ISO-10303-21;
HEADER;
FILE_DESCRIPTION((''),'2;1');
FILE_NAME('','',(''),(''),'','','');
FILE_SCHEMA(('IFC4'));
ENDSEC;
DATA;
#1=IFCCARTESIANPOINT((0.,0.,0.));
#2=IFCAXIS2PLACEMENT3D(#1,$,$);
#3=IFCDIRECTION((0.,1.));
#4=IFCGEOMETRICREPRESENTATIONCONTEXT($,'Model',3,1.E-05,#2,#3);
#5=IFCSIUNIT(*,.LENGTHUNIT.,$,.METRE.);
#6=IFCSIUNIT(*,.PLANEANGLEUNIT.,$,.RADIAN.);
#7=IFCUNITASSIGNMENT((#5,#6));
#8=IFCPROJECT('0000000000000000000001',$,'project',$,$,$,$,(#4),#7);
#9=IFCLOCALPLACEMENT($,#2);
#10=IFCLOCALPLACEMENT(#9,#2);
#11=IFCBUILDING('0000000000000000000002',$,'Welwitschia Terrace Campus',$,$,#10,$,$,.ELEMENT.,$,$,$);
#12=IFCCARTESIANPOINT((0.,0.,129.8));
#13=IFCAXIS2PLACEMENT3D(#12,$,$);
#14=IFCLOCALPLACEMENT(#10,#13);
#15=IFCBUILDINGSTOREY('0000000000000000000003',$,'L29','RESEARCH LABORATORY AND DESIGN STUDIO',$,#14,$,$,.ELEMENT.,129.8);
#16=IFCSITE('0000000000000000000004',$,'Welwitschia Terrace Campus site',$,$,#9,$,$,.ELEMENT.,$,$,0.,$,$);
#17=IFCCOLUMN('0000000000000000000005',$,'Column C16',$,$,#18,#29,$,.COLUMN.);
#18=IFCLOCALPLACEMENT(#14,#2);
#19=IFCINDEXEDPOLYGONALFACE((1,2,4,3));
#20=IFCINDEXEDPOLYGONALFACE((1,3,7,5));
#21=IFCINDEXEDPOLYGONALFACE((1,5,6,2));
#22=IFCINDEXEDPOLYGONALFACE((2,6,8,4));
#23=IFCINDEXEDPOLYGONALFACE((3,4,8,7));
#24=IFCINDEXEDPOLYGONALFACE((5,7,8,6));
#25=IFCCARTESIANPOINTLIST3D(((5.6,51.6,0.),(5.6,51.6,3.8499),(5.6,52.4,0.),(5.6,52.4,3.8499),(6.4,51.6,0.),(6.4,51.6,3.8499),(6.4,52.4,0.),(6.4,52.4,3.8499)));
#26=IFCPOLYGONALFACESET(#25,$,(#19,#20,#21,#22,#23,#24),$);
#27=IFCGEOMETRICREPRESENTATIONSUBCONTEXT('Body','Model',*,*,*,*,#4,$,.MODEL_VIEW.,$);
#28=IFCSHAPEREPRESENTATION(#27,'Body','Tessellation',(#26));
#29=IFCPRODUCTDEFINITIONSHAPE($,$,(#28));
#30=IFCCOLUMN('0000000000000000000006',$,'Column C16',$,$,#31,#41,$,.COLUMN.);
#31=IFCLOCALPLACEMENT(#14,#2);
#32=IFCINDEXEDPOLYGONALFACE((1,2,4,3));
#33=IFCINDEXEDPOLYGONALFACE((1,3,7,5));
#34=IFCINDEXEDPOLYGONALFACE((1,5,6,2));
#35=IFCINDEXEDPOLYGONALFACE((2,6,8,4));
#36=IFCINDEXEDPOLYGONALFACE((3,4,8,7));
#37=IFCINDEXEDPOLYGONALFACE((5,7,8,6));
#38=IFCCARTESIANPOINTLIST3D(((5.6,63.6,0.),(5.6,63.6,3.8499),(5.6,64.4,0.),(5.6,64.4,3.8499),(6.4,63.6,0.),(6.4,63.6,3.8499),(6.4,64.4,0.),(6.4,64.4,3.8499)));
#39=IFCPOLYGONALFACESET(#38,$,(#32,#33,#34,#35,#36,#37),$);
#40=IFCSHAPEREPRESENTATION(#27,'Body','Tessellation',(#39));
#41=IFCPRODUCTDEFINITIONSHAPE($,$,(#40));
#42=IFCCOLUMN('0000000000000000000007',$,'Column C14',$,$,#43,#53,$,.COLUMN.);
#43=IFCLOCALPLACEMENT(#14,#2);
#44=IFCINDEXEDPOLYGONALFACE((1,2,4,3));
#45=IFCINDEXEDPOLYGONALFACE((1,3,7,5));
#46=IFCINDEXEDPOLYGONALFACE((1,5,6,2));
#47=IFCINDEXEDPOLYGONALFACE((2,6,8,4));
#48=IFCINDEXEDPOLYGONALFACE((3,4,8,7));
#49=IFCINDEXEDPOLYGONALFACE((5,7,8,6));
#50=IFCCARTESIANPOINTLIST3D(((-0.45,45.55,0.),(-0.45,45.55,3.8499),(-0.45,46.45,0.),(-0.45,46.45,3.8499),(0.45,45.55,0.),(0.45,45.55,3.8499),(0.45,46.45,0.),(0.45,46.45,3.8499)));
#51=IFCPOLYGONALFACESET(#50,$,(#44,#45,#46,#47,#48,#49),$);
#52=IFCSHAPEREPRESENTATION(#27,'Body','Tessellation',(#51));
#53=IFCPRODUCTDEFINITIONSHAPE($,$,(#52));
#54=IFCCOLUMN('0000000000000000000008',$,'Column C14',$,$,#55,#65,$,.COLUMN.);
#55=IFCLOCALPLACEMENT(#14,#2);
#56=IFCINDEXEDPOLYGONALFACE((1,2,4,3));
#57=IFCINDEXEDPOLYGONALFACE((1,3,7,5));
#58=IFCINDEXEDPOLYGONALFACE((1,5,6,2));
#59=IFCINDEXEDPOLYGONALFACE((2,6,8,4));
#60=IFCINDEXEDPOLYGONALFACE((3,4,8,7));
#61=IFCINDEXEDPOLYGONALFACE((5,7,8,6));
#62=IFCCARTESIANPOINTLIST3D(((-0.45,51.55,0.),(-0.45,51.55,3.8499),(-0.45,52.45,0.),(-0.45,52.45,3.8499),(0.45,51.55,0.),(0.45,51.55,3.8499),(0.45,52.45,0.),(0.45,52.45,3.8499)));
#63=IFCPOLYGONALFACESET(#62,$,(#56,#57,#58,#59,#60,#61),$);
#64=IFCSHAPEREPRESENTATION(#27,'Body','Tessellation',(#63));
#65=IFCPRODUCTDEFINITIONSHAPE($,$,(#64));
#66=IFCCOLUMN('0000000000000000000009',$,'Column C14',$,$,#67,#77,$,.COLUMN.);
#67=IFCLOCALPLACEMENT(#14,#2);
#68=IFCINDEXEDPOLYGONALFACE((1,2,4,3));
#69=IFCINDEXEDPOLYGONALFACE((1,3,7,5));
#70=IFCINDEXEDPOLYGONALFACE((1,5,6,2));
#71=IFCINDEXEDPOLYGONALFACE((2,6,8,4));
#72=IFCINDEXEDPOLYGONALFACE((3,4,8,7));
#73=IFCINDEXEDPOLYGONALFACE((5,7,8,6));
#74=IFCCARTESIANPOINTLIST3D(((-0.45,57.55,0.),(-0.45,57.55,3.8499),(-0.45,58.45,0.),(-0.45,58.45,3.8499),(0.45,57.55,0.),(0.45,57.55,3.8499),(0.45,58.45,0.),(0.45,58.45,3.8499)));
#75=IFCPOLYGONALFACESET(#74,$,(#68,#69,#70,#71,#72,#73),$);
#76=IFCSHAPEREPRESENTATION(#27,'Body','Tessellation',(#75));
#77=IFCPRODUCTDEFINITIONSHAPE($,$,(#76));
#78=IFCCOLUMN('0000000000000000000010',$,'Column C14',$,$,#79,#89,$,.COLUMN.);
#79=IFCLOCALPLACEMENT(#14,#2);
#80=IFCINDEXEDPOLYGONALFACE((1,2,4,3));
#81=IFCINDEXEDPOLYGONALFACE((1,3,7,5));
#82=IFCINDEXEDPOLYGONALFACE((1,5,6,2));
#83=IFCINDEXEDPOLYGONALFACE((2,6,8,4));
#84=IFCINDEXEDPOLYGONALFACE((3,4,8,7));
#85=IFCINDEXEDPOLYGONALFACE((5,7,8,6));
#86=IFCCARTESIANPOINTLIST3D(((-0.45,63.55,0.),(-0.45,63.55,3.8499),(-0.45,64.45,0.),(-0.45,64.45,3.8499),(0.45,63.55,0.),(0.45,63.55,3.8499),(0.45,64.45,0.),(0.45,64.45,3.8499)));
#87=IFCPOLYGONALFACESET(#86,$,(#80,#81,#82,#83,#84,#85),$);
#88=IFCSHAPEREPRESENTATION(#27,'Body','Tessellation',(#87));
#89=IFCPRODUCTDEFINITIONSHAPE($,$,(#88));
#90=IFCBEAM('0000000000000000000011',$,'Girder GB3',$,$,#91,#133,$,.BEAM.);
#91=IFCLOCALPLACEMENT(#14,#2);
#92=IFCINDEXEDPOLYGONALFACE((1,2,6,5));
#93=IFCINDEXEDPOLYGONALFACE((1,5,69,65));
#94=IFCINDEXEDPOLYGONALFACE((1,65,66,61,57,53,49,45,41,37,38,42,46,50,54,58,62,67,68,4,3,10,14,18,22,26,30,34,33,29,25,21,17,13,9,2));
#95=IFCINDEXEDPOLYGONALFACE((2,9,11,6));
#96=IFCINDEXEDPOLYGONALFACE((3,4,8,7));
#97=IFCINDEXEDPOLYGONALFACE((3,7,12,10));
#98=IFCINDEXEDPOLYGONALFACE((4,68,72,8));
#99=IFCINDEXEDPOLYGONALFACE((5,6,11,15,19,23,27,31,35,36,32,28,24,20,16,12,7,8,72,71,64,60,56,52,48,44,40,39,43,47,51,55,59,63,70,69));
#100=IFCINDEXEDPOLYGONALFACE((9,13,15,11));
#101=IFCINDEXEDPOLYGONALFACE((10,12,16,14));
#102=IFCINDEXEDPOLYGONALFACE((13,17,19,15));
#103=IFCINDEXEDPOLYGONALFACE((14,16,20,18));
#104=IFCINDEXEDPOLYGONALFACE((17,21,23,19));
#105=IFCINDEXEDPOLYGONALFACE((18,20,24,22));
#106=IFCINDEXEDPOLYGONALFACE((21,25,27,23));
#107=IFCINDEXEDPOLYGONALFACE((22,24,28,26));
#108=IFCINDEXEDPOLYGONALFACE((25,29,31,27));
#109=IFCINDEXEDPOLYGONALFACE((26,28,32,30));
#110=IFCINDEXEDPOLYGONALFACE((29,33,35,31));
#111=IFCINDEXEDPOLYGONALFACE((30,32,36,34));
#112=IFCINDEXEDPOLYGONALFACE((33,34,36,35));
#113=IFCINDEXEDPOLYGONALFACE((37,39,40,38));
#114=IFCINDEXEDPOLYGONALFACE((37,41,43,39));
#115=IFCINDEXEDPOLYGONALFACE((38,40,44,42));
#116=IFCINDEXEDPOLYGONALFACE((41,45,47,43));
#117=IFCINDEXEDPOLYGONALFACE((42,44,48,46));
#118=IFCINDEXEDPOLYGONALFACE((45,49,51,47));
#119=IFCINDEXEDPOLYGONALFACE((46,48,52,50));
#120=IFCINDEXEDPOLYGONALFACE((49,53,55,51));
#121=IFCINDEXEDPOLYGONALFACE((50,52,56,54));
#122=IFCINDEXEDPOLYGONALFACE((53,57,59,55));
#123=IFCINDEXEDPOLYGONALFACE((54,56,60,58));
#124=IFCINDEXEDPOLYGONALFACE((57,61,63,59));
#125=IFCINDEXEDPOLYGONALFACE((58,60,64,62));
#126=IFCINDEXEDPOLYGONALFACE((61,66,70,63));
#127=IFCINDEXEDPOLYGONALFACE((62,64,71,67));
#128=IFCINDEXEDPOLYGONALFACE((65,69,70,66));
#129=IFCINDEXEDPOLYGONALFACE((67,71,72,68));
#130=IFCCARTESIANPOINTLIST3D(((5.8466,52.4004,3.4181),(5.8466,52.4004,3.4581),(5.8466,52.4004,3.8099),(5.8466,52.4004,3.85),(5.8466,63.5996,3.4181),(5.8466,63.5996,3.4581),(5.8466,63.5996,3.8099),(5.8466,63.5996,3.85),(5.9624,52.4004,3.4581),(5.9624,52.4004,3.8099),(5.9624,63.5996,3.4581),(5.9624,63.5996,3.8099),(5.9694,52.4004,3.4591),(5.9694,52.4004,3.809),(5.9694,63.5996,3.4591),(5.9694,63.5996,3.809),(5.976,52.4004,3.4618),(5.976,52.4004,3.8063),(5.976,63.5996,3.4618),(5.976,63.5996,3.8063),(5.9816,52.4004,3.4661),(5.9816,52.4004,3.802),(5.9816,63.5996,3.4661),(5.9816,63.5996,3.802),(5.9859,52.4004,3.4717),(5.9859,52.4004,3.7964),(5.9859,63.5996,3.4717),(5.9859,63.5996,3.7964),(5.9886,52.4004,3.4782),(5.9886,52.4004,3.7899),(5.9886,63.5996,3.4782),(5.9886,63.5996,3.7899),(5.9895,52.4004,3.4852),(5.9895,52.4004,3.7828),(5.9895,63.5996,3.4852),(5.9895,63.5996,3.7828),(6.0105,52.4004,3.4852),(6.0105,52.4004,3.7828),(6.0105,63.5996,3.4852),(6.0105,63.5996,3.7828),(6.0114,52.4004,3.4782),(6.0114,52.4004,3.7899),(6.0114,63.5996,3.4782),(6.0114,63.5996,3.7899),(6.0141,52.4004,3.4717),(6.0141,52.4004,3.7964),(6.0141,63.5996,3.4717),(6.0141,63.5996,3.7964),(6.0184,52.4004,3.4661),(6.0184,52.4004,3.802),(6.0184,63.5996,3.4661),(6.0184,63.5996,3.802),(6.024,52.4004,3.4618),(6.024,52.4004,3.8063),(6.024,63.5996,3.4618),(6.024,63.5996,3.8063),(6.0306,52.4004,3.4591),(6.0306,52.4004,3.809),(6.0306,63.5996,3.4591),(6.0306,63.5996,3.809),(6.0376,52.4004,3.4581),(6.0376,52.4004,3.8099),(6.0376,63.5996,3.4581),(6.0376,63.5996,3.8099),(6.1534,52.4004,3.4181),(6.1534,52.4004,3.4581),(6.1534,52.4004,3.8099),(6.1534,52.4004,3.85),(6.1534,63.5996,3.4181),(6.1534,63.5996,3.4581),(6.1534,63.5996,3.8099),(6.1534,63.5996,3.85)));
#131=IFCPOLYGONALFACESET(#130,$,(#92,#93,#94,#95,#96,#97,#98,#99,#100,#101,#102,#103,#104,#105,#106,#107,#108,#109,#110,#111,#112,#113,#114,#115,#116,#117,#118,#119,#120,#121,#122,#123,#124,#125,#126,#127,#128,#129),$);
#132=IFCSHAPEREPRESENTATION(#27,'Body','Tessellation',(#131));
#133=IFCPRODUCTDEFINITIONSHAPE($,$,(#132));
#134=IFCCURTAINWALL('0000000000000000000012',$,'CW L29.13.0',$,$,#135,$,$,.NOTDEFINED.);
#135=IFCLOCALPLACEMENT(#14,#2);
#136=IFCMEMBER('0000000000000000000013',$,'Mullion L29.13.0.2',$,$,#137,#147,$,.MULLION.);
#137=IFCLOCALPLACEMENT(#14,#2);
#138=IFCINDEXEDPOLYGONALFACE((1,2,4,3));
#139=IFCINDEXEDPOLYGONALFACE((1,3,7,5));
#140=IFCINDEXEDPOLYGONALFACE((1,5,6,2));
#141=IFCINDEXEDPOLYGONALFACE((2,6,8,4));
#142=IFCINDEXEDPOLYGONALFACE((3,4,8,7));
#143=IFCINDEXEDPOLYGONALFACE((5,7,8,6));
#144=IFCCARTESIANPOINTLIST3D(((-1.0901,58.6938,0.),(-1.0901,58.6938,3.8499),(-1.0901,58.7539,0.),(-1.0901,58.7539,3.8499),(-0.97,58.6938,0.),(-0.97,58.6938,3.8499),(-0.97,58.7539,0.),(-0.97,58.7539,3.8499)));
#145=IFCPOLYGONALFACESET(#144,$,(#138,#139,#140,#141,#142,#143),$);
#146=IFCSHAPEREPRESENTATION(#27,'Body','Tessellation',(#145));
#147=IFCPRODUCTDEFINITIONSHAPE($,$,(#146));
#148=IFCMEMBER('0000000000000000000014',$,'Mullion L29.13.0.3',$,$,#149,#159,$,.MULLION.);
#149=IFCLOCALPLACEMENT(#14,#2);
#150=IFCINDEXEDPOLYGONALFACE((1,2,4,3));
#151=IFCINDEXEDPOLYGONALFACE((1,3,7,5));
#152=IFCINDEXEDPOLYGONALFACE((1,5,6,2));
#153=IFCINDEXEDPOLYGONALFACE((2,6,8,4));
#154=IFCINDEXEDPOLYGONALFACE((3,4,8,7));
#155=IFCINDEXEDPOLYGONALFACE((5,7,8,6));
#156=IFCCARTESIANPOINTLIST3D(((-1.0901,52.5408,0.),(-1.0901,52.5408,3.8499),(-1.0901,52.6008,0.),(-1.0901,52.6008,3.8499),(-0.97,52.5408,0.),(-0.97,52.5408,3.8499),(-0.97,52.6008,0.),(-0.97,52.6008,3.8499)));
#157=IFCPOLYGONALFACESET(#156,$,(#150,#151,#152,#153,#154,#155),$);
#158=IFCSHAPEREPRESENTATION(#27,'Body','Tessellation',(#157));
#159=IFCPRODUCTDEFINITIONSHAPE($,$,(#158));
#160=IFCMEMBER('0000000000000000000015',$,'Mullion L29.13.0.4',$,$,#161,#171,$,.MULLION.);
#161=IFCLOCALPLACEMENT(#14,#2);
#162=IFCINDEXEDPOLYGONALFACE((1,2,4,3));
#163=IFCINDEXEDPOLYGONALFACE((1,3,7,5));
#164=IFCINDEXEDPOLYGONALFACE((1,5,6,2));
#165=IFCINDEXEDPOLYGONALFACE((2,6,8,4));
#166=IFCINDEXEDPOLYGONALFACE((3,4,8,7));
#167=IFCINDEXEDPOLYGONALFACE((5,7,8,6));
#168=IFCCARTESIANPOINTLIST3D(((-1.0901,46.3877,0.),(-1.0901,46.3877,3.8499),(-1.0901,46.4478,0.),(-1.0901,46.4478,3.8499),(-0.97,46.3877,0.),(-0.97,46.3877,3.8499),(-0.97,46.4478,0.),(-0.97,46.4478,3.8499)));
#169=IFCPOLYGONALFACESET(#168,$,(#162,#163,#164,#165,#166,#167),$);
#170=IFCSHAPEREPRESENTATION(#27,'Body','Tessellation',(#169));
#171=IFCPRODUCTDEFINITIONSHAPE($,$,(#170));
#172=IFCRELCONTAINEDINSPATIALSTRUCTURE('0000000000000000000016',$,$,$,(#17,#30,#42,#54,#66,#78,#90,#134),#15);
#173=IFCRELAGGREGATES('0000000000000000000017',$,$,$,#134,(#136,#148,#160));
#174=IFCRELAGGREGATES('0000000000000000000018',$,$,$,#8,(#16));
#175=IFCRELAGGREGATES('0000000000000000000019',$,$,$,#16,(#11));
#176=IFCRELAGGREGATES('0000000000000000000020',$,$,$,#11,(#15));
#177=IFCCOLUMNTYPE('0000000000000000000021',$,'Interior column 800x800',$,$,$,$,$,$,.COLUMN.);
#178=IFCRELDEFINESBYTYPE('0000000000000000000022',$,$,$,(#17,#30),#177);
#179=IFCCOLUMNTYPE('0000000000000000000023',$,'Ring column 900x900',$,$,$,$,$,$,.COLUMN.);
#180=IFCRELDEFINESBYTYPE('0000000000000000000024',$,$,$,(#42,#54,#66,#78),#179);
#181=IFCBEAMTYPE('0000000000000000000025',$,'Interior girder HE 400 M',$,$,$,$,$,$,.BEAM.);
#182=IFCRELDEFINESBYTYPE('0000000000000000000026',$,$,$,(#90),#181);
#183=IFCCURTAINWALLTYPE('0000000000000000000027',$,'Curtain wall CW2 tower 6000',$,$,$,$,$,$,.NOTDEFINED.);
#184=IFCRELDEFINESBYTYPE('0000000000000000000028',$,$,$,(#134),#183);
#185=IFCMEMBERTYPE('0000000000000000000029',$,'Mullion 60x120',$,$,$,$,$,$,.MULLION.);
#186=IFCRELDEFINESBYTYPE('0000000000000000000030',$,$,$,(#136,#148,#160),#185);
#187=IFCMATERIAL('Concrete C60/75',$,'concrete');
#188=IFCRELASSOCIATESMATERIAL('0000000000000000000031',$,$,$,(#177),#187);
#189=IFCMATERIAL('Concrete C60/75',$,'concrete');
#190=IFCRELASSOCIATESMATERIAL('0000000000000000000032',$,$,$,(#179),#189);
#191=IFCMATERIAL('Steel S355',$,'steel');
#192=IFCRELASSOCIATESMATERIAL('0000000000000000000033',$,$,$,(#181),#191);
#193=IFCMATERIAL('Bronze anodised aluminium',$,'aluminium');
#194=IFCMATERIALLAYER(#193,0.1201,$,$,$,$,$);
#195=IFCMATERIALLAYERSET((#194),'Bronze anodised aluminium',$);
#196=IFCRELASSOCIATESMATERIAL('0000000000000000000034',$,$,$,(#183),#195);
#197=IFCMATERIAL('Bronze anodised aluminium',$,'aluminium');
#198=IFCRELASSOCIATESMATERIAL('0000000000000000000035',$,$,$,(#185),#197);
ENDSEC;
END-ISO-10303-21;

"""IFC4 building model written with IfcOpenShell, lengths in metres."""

from ifc_helpers import new_model, si_unit, direction, frame, origin, origin_2d, place, context, subcontext, project, spatial, rectangle, i_section, extrude, material, layer, layer_set, material_profile, profile_set, type_object, element, aggregate, save


model = new_model("IFC4")

# Units and contexts
model_context = context("Model", 3, precision=1e-05, world=origin(), true_north=direction((0.0, 1.0)))
body_context = subcontext(model_context, "Body", "Model", "MODEL_VIEW")
ifc_project = project(units=[si_unit("LENGTHUNIT", "METRE"), si_unit("PLANEANGLEUNIT", "RADIAN")], contexts=[model_context])

# Site, building, storey
site_placement = place(None, origin())
site = spatial("IfcSite", under=ifc_project, at=site_placement, Name="Welwitschia Terrace Campus site", CompositionType="ELEMENT", RefElevation=0.0)
building_placement = place(site_placement, origin())
building = spatial("IfcBuilding", under=site, at=building_placement, Name="Welwitschia Terrace Campus", CompositionType="ELEMENT")
storey_placement = place(building_placement, frame((0.0, 0.0, 129.8)))
storey = spatial("IfcBuildingStorey", under=building, at=storey_placement, Name="L29", Description="RESEARCH LABORATORY AND DESIGN STUDIO", CompositionType="ELEMENT", Elevation=129.8)

# Columns
ifc_material_1 = material(Name="Concrete C60/75", Category="concrete")
ifc_material_profile_1 = material_profile(ifc_material_1, rectangle(XDim=0.8, YDim=0.8, at=origin_2d()))
ifc_profile_set_1 = profile_set([ifc_material_profile_1], Name="Concrete C60/75")
column_type_1 = type_object("IfcColumnType", Name="Interior column 800x800", PredefinedType="COLUMN", material=ifc_profile_set_1)
for number, where, z_axis, x_axis, name in (
    (1, (6.0, 52.0, 0.0), (0.0, 0.0, 1.0), (1.0, 0.0, 0.0), "Column C16"),
    (2, (6.0, 64.0, 0.0), (0.0, 0.0, 1.0), (1.0, 0.0, 0.0), "Column C16"),
):
    element("IfcColumn", number, at=place(storey_placement, frame(where, z_axis=z_axis, x_axis=x_axis)), inside=storey, type_object=column_type_1, Name=name, PredefinedType="COLUMN", context=body_context, shape_type="SweptSolid", body=[
        extrude(rectangle(XDim=0.8, YDim=0.8, at=origin_2d()), origin(), (0.0, 0.0, 1.0), 3.8499),
    ])
ifc_material_2 = material(Name="Concrete C60/75", Category="concrete")
ifc_material_profile_2 = material_profile(ifc_material_2, rectangle(XDim=0.8999, YDim=0.8999, at=origin_2d()))
ifc_profile_set_2 = profile_set([ifc_material_profile_2], Name="Concrete C60/75")
column_type_2 = type_object("IfcColumnType", Name="Ring column 900x900", PredefinedType="COLUMN", material=ifc_profile_set_2)
for number, where, z_axis, x_axis, name in (
    (3, (0.0, 46.0, 0.0), (0.0, 0.0, 1.0), (1.0, 0.0, 0.0), "Column C14"),
    (4, (0.0, 52.0, 0.0), (0.0, 0.0, 1.0), (1.0, 0.0, 0.0), "Column C14"),
    (5, (0.0, 58.0, 0.0), (0.0, 0.0, 1.0), (1.0, 0.0, 0.0), "Column C14"),
    (6, (0.0, 64.0, 0.0), (0.0, 0.0, 1.0), (1.0, 0.0, 0.0), "Column C14"),
):
    element("IfcColumn", number, at=place(storey_placement, frame(where, z_axis=z_axis, x_axis=x_axis)), inside=storey, type_object=column_type_2, Name=name, PredefinedType="COLUMN", context=body_context, shape_type="SweptSolid", body=[
        extrude(rectangle(XDim=0.8999, YDim=0.8999, at=origin_2d()), origin(), (0.0, 0.0, 1.0), 3.8499),
    ])

# Beam
ifc_material_3 = material(Name="Steel S355", Category="steel")
ifc_material_profile_3 = material_profile(ifc_material_3, i_section(OverallWidth=0.3069, OverallDepth=0.4319, WebThickness=0.021, FlangeThickness=0.04, FilletRadius=0.0271, at=origin_2d()))
ifc_profile_set_3 = profile_set([ifc_material_profile_3], Name="Steel S355")
beam_type_1 = type_object("IfcBeamType", Name="Interior girder HE 400 M", PredefinedType="BEAM", material=ifc_profile_set_3)
beam_placement = place(storey_placement, frame((6.0, 52.4004, 3.634), z_axis=(0.0, 1.0, 0.0), x_axis=(-1.0, 0.0, 0.0)))
element("IfcBeam", 7, at=beam_placement, inside=storey, type_object=beam_type_1, Name="Girder GB3", PredefinedType="BEAM", context=body_context, shape_type="SweptSolid", body=[
    extrude(i_section(OverallWidth=0.3069, OverallDepth=0.4319, WebThickness=0.021, FlangeThickness=0.04, FilletRadius=0.0271, at=origin_2d()), origin(), (0.0, 0.0, 1.0), 11.1992),
])

# Curtain wall, members
ifc_material_4 = material(Name="Bronze anodised aluminium", Category="aluminium")
ifc_layer_1 = layer(ifc_material_4, 0.1201)
ifc_layer_set_1 = layer_set([ifc_layer_1], Name="Bronze anodised aluminium")
curtain_wall_type = type_object("IfcCurtainWallType", Name="Curtain wall CW2 tower 6000", PredefinedType="NOTDEFINED", material=ifc_layer_set_1)
curtain_wall_placement = place(storey_placement, origin())
curtain_wall = element("IfcCurtainWall", 8, at=curtain_wall_placement, inside=storey, type_object=curtain_wall_type, Name="CW L29.13.0", PredefinedType="NOTDEFINED")
ifc_material_5 = material(Name="Bronze anodised aluminium", Category="aluminium")
ifc_material_profile_4 = material_profile(ifc_material_5, rectangle(XDim=0.1201, YDim=0.0601, at=origin_2d()))
ifc_profile_set_4 = profile_set([ifc_material_profile_4], Name="Bronze anodised aluminium")
member_type = type_object("IfcMemberType", Name="Mullion 60x120", PredefinedType="MULLION", material=ifc_profile_set_4)
member_1_placement = place(storey_placement, frame((-1.03, 58.7239, 0.0), z_axis=(0.0, 0.0, 1.0), x_axis=(1.0, 0.0, 0.0)))
member_1 = element("IfcMember", 9, at=member_1_placement, type_object=member_type, Name="Mullion L29.13.0.2", PredefinedType="MULLION", context=body_context, shape_type="SweptSolid", body=[
    extrude(rectangle(XDim=0.1201, YDim=0.0601, at=origin_2d()), origin(), (0.0, 0.0, 1.0), 3.8499),
])
member_2_placement = place(storey_placement, frame((-1.03, 52.5708, 0.0), z_axis=(0.0, 0.0, 1.0), x_axis=(1.0, 0.0, 0.0)))
member_2 = element("IfcMember", 10, at=member_2_placement, type_object=member_type, Name="Mullion L29.13.0.3", PredefinedType="MULLION", context=body_context, shape_type="SweptSolid", body=[
    extrude(rectangle(XDim=0.1201, YDim=0.0601, at=origin_2d()), origin(), (0.0, 0.0, 1.0), 3.8499),
])
member_3_placement = place(storey_placement, frame((-1.03, 46.4177, 0.0), z_axis=(0.0, 0.0, 1.0), x_axis=(1.0, 0.0, 0.0)))
member_3 = element("IfcMember", 11, at=member_3_placement, type_object=member_type, Name="Mullion L29.13.0.4", PredefinedType="MULLION", context=body_context, shape_type="SweptSolid", body=[
    extrude(rectangle(XDim=0.1201, YDim=0.0601, at=origin_2d()), origin(), (0.0, 0.0, 1.0), 3.8499),
])

aggregate(curtain_wall, [member_1, member_2, member_3])

save(model, "model.ifc")
